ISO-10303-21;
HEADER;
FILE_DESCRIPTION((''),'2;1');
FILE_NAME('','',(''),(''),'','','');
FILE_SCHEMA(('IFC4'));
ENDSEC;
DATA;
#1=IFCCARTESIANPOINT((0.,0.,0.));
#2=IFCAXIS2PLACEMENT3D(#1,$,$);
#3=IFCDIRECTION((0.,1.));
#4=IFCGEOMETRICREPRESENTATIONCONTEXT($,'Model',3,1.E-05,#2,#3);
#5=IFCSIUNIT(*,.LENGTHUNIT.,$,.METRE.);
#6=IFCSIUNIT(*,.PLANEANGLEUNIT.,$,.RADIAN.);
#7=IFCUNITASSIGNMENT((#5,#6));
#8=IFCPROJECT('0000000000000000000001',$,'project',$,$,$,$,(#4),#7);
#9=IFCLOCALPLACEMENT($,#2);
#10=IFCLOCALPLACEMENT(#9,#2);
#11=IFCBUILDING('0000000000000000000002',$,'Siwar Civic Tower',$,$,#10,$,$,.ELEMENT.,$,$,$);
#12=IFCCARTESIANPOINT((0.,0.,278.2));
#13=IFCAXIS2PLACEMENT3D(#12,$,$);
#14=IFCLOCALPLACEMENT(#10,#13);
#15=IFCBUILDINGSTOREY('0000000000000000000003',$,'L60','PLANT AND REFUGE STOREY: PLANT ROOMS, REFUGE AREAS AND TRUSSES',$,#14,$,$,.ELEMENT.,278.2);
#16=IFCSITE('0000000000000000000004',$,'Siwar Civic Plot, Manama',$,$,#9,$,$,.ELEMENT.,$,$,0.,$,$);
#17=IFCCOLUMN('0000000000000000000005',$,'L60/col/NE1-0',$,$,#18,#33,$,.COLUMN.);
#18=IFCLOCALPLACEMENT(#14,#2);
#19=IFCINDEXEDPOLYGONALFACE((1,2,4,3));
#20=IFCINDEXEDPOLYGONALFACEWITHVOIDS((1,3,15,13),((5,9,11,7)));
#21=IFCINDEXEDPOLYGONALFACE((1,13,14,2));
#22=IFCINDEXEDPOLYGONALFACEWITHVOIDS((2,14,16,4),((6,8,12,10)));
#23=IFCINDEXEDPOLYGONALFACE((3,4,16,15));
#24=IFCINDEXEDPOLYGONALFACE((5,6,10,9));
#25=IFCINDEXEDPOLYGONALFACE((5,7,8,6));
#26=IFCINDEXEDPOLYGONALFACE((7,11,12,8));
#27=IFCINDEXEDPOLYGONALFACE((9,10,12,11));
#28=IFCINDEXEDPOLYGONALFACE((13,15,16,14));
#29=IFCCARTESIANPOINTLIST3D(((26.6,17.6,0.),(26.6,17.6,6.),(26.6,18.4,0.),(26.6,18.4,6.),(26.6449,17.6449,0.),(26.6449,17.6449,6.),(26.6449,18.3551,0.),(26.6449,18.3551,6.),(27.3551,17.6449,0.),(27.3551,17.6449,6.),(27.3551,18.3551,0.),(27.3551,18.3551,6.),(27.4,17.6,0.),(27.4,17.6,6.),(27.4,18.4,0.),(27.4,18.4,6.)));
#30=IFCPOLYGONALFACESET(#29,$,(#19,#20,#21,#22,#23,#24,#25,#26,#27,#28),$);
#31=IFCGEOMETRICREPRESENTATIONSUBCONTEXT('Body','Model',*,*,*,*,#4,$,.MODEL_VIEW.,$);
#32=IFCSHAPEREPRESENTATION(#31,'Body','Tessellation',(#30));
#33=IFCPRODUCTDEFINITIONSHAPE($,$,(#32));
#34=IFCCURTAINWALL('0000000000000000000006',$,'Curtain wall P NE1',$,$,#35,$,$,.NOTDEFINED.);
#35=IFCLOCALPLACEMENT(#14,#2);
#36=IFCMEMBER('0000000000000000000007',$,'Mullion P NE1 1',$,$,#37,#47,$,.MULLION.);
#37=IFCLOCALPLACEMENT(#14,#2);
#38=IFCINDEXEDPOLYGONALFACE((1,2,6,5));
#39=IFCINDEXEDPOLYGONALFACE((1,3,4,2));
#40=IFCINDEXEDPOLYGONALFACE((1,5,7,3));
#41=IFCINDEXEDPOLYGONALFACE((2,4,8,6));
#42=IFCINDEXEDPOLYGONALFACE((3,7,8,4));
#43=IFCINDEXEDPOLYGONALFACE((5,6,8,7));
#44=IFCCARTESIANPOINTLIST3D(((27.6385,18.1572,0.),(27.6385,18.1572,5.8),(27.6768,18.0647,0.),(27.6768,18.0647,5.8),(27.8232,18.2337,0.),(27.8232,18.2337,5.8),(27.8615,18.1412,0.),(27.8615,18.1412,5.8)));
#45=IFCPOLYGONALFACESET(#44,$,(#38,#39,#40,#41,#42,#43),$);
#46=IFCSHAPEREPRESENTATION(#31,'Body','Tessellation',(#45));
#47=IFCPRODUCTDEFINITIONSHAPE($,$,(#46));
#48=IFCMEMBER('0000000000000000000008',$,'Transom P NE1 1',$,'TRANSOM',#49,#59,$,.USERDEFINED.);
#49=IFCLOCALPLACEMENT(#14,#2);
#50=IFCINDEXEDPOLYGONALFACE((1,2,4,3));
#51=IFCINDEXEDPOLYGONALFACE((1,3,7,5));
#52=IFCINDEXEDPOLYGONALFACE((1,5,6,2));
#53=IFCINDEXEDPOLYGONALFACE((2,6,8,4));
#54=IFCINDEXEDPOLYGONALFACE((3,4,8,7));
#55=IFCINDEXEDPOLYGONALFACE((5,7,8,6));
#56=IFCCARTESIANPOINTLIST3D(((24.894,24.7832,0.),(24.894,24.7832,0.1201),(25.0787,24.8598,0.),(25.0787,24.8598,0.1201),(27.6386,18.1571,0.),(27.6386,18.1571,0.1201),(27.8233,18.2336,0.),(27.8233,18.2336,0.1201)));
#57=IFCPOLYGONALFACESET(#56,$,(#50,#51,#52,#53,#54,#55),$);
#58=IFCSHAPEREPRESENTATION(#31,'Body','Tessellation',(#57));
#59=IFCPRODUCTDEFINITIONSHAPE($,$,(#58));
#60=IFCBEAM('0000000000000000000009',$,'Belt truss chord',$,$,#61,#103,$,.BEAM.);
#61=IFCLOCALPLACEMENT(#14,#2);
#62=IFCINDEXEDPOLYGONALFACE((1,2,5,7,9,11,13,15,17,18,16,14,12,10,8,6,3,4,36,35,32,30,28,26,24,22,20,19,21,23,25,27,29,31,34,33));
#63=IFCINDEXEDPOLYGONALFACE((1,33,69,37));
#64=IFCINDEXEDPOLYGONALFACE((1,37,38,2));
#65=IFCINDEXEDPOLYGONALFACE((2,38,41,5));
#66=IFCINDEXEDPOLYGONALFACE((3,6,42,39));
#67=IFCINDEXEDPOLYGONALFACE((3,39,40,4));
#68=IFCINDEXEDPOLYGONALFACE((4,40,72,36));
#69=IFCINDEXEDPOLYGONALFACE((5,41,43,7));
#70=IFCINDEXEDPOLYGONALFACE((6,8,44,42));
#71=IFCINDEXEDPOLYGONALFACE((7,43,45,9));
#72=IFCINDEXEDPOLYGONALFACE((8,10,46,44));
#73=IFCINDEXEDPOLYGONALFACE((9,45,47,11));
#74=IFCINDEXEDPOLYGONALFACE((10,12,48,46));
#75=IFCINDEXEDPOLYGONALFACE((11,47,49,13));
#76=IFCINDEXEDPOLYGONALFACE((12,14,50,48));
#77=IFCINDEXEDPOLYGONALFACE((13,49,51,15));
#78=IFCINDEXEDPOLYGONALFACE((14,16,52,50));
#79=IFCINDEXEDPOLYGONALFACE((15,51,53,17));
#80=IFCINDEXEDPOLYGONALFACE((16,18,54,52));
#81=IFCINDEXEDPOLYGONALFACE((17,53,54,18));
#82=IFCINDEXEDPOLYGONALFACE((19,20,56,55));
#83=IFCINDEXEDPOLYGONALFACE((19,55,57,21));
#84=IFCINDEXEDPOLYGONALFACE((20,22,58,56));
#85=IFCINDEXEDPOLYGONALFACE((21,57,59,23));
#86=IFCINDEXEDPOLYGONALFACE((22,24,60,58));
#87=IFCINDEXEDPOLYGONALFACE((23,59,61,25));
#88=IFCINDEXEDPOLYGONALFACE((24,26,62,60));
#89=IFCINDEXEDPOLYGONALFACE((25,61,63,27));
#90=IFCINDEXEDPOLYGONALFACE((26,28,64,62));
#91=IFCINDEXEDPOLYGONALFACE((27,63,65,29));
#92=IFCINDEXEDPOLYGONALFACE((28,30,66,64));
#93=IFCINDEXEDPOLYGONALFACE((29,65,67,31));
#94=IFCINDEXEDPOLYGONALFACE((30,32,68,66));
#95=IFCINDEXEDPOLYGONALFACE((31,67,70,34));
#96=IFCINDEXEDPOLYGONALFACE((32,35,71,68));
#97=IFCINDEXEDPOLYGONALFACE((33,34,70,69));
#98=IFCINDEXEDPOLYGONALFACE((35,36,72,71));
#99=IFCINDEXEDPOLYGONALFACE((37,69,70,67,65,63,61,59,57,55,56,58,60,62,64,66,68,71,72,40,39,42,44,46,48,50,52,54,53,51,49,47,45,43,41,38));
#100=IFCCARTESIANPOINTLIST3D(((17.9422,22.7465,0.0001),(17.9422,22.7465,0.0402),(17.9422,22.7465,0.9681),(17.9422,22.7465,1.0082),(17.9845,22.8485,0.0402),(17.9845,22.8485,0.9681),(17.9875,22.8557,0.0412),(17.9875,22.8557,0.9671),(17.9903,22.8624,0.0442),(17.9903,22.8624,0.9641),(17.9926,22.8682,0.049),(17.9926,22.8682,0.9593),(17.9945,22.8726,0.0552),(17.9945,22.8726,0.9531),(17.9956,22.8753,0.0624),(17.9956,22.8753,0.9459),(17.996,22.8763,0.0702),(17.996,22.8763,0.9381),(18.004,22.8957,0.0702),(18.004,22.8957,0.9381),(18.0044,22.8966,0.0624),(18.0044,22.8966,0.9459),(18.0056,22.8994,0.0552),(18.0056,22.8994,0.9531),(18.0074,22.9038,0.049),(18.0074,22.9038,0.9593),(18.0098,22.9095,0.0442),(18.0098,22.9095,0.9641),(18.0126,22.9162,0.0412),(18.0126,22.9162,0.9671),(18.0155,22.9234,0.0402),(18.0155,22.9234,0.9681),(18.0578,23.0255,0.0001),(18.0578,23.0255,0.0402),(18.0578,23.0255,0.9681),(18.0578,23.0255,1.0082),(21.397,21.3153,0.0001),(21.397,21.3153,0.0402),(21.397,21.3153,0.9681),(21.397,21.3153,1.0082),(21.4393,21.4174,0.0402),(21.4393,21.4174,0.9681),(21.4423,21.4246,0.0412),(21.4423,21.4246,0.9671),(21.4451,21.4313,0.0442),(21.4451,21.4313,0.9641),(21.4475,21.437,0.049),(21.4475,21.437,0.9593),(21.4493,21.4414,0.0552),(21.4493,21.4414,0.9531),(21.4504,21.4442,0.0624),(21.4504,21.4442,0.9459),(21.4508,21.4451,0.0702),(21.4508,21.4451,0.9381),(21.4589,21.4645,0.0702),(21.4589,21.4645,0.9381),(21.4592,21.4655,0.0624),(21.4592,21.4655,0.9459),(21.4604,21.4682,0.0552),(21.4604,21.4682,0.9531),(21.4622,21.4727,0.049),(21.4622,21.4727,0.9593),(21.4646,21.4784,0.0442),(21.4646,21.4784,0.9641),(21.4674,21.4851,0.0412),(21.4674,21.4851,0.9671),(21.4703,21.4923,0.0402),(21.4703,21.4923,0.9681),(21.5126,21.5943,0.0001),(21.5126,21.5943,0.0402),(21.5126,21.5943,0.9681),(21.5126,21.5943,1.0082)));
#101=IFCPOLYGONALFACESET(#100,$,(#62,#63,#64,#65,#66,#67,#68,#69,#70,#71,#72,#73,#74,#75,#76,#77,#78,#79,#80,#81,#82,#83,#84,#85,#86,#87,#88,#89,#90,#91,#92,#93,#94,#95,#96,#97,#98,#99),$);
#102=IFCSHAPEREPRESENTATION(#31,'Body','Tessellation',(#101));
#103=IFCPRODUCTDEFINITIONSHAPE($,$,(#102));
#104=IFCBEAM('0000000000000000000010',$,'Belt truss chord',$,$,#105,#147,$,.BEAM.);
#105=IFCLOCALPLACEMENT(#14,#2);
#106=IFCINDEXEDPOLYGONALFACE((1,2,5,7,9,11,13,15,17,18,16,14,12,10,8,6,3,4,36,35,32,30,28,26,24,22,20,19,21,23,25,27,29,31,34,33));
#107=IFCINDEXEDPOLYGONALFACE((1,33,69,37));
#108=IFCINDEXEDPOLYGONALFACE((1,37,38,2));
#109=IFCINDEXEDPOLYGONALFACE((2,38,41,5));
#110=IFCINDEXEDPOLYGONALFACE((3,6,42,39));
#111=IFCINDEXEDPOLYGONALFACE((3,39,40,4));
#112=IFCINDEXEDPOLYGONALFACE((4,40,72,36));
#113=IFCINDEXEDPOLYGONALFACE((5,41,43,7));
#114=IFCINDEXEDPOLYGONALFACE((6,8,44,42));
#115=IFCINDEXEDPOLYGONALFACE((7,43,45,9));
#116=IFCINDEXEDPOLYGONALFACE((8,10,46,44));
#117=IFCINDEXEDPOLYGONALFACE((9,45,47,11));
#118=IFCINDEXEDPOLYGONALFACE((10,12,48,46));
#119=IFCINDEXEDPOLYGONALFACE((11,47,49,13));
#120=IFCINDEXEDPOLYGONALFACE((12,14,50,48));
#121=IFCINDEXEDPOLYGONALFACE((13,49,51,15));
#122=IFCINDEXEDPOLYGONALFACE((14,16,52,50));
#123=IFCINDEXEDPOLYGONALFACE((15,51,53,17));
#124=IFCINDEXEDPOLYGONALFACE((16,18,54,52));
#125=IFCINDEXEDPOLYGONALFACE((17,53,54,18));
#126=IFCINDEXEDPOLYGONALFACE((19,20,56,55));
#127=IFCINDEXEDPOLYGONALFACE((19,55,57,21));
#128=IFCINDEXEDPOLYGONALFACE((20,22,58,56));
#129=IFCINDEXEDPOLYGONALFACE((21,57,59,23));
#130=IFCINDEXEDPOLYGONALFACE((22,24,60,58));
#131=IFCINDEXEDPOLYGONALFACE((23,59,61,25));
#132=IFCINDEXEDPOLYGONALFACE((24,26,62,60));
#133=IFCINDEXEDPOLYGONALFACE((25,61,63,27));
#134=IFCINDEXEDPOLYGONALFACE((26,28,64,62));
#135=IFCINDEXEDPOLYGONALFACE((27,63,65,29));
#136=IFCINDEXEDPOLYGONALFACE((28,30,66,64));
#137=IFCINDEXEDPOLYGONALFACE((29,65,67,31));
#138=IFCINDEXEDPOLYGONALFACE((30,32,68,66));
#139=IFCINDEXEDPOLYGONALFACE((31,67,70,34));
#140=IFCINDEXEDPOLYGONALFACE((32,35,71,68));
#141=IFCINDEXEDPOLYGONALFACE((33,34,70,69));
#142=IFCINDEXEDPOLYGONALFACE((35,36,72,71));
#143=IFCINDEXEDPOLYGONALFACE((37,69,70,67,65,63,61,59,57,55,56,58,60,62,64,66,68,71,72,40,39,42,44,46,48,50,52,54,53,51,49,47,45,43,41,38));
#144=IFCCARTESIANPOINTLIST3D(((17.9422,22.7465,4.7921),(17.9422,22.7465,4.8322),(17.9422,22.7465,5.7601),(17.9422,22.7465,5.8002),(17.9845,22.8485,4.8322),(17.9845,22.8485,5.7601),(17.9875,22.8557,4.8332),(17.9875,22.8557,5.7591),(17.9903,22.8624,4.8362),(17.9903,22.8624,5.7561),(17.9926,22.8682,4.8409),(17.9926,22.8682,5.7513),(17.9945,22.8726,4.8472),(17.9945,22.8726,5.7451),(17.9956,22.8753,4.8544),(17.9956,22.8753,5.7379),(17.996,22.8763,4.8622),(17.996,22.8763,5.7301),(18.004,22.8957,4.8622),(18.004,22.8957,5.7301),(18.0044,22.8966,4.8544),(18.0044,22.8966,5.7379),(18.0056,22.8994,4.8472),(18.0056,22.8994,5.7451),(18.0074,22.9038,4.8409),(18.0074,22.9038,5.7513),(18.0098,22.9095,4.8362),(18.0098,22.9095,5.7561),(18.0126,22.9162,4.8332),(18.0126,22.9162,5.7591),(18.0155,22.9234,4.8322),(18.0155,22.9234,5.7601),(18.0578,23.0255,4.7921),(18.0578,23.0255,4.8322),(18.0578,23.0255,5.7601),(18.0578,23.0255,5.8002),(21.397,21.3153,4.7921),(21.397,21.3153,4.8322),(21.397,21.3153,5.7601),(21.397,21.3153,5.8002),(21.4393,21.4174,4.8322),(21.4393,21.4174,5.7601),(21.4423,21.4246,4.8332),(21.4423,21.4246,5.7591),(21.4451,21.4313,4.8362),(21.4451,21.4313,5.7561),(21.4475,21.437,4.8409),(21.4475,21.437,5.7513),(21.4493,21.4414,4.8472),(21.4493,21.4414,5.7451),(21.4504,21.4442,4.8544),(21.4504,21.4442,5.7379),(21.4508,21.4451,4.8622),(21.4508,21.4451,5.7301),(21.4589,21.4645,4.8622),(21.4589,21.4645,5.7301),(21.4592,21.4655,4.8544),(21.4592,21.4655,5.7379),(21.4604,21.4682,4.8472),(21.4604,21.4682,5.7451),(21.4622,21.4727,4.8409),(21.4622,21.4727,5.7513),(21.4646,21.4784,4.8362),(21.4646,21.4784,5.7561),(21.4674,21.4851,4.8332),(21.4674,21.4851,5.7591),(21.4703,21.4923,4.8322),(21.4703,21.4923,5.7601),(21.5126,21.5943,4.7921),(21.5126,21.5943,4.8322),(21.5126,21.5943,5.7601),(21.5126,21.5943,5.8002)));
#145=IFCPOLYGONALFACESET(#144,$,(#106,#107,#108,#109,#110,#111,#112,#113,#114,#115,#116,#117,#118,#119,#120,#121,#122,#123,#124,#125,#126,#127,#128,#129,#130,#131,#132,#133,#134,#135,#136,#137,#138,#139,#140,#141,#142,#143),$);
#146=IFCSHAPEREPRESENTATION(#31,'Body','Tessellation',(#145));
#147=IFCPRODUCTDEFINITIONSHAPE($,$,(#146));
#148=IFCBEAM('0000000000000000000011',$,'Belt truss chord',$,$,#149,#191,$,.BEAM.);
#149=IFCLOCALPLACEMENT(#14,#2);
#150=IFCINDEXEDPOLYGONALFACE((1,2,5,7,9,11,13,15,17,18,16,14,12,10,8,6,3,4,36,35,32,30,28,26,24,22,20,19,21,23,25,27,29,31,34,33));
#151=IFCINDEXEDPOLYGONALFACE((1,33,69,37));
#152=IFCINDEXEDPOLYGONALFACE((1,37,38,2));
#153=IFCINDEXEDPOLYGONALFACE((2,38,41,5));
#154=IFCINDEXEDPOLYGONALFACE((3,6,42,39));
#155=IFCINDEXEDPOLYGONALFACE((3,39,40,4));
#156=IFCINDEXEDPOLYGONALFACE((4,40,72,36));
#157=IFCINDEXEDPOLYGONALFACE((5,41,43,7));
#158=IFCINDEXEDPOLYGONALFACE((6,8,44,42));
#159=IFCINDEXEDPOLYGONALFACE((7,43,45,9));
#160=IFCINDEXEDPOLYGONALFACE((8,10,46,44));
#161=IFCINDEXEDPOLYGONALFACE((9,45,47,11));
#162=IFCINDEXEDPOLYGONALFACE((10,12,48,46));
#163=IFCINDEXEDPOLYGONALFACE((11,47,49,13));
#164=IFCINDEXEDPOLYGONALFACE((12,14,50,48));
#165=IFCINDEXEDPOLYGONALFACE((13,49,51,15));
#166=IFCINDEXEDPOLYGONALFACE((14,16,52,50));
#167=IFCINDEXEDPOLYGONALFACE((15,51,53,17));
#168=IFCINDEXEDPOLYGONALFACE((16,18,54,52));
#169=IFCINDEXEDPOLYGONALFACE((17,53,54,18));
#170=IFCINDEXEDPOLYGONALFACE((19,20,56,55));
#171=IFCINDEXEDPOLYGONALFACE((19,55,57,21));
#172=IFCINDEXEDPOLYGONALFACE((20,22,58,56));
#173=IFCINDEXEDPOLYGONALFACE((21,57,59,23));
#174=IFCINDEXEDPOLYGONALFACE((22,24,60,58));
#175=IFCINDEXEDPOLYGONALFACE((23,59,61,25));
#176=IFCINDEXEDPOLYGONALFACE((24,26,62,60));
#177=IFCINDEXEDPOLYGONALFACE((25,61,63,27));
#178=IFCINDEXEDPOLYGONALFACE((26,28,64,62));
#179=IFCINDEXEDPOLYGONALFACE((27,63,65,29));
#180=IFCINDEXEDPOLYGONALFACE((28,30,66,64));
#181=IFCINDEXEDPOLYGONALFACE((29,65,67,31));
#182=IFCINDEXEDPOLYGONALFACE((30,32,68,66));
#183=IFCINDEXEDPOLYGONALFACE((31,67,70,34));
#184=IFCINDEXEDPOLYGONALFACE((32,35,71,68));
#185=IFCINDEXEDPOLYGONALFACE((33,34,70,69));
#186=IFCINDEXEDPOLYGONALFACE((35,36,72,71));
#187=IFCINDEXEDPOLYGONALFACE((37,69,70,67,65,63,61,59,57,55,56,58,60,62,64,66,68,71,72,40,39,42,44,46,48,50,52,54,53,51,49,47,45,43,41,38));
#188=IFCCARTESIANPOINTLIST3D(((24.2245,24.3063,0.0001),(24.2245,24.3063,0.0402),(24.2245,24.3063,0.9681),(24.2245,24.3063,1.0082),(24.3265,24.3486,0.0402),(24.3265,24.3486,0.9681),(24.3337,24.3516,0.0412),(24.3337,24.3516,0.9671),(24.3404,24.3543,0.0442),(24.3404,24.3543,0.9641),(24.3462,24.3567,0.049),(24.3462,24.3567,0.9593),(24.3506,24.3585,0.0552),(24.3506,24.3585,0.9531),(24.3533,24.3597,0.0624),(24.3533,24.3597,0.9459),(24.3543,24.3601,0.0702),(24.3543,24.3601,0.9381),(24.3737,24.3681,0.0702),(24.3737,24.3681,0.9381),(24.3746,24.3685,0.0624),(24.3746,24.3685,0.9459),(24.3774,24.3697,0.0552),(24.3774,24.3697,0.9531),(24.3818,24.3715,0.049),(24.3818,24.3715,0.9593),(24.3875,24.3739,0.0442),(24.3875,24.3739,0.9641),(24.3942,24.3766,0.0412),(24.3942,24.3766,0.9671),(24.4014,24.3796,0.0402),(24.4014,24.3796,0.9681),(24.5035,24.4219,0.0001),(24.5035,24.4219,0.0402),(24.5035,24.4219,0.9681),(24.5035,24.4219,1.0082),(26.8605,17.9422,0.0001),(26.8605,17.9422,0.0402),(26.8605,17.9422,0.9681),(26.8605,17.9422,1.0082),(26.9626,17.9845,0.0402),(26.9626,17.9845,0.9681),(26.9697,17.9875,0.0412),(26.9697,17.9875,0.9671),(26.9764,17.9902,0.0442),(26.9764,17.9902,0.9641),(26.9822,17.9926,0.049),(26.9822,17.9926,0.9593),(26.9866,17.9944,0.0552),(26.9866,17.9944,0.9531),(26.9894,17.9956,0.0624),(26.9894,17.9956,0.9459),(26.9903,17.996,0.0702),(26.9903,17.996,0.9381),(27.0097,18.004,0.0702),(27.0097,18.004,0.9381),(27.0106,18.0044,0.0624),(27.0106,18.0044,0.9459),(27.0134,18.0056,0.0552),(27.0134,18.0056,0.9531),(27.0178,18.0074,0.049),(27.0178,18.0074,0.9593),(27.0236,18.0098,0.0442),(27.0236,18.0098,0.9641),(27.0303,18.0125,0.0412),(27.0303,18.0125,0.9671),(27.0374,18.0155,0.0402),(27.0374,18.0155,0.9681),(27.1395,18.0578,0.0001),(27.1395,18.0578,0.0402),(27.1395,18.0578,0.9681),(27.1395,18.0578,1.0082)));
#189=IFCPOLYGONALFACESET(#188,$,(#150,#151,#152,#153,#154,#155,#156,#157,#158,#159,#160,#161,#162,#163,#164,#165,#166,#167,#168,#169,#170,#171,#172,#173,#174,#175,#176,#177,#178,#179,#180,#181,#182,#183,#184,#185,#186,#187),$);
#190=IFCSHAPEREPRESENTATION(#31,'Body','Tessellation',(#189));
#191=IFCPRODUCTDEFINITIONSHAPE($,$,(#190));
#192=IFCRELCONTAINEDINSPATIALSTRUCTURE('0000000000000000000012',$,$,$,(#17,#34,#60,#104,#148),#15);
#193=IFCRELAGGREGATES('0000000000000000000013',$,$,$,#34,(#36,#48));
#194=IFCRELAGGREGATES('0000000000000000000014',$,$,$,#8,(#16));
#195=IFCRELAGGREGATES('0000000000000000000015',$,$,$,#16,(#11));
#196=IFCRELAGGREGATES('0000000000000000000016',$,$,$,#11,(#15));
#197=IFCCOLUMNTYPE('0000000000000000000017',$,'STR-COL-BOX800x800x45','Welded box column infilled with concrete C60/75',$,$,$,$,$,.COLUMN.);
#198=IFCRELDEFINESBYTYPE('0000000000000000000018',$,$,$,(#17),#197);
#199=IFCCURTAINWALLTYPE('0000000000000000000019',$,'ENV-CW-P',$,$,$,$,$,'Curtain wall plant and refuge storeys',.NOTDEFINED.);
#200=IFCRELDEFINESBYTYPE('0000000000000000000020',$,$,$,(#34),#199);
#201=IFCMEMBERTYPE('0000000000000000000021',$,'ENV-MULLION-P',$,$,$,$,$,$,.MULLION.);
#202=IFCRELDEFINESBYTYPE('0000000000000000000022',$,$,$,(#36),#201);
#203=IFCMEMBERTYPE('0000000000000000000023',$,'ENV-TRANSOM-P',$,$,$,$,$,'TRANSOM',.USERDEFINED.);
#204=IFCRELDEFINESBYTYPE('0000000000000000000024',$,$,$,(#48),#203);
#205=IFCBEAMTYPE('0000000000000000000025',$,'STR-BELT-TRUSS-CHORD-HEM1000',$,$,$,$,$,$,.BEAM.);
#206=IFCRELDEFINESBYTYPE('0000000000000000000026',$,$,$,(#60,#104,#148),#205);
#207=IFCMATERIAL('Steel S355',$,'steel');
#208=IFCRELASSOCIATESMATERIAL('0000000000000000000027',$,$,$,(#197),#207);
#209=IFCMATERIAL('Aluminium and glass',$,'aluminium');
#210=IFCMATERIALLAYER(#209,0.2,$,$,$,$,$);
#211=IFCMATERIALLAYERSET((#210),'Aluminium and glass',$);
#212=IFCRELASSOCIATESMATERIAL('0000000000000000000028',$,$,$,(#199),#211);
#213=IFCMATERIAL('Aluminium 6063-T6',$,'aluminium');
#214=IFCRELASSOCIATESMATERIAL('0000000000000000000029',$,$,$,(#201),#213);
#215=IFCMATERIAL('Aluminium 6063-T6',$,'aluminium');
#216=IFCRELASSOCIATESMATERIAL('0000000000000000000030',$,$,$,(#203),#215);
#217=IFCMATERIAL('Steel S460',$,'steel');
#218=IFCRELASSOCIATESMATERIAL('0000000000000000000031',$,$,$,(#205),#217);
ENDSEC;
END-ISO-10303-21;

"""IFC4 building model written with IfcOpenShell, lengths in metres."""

from ifc_helpers import new_model, si_unit, direction, frame, origin, origin_2d, place, context, subcontext, project, spatial, rectangle, hollow_rectangle, i_section, extrude, material, layer, layer_set, material_profile, profile_set, type_object, element, aggregate, save


model = new_model("IFC4")

# Units and contexts
model_context = context("Model", 3, precision=1e-05, world=origin(), true_north=direction((0.0, 1.0)))
body_context = subcontext(model_context, "Body", "Model", "MODEL_VIEW")
ifc_project = project(units=[si_unit("LENGTHUNIT", "METRE"), si_unit("PLANEANGLEUNIT", "RADIAN")], contexts=[model_context])

# Site, building, storey
site_placement = place(None, origin())
site = spatial("IfcSite", under=ifc_project, at=site_placement, Name="Siwar Civic Plot, Manama", CompositionType="ELEMENT", RefElevation=0.0)
building_placement = place(site_placement, origin())
building = spatial("IfcBuilding", under=site, at=building_placement, Name="Siwar Civic Tower", CompositionType="ELEMENT")
storey_placement = place(building_placement, frame((0.0, 0.0, 278.2)))
storey = spatial("IfcBuildingStorey", under=building, at=storey_placement, Name="L60", Description="PLANT AND REFUGE STOREY: PLANT ROOMS, REFUGE AREAS AND TRUSSES", CompositionType="ELEMENT", Elevation=278.2)

# Column
ifc_material_1 = material(Name="Steel S355", Category="steel")
ifc_material_profile_1 = material_profile(ifc_material_1, hollow_rectangle(XDim=0.8, YDim=0.8, WallThickness=0.0449, at=origin_2d()), Name="BOX800x800x45")
ifc_profile_set_1 = profile_set([ifc_material_profile_1], Name="Steel S355")
column_type = type_object("IfcColumnType", Name="STR-COL-BOX800x800x45", Description="Welded box column infilled with concrete C60/75", PredefinedType="COLUMN", material=ifc_profile_set_1)
column_placement = place(storey_placement, frame((27.0, 18.0, 0.0), z_axis=(0.0, 0.0, 1.0), x_axis=(1.0, 0.0, 0.0)))
element("IfcColumn", 1, at=column_placement, inside=storey, type_object=column_type, Name="L60/col/NE1-0", PredefinedType="COLUMN", context=body_context, shape_type="SweptSolid", body=[
    extrude(hollow_rectangle(XDim=0.8, YDim=0.8, WallThickness=0.0449, at=origin_2d()), origin(), (0.0, 0.0, 1.0), 6.0),
])

# Curtain wall, members
ifc_material_2 = material(Name="Aluminium and glass", Category="aluminium")
ifc_layer_1 = layer(ifc_material_2, 0.2)
ifc_layer_set_1 = layer_set([ifc_layer_1], Name="Aluminium and glass")
curtain_wall_type = type_object("IfcCurtainWallType", Name="ENV-CW-P", ElementType="Curtain wall plant and refuge storeys", PredefinedType="NOTDEFINED", material=ifc_layer_set_1)
curtain_wall_1_placement = place(storey_placement, origin())
curtain_wall_1 = element("IfcCurtainWall", 2, at=curtain_wall_1_placement, inside=storey, type_object=curtain_wall_type, Name="Curtain wall P NE1", PredefinedType="NOTDEFINED")
ifc_material_3 = material(Name="Aluminium 6063-T6", Category="aluminium")
ifc_material_profile_2 = material_profile(ifc_material_3, rectangle(XDim=0.2, YDim=0.1001, at=origin_2d()), Name="AL 200x100")
ifc_profile_set_2 = profile_set([ifc_material_profile_2], Name="Aluminium 6063-T6")
member_type_1 = type_object("IfcMemberType", Name="ENV-MULLION-P", PredefinedType="MULLION", material=ifc_profile_set_2)
member_1_placement = place(storey_placement, frame((27.75, 18.1492, 0.0), z_axis=(0.0, 0.0, 1.0), x_axis=(-0.92388, -0.382683, 0.0)))
member_1 = element("IfcMember", 3, at=member_1_placement, type_object=member_type_1, Name="Mullion P NE1 1", PredefinedType="MULLION", context=body_context, shape_type="SweptSolid", body=[
    extrude(rectangle(XDim=0.2, YDim=0.1001, at=origin_2d()), origin(), (0.0, 0.0, 1.0), 5.8),
])
ifc_material_4 = material(Name="Aluminium 6063-T6", Category="aluminium")
ifc_material_profile_3 = material_profile(ifc_material_4, rectangle(XDim=0.2, YDim=0.1201, at=origin_2d()), Name="AL 200x120")
ifc_profile_set_3 = profile_set([ifc_material_profile_3], Name="Aluminium 6063-T6")
member_type_2 = type_object("IfcMemberType", Name="ENV-TRANSOM-P", ElementType="TRANSOM", PredefinedType="USERDEFINED", material=ifc_profile_set_3)
member_2_placement = place(storey_placement, frame((27.731, 18.1953, 0.0601), z_axis=(-0.382678, 0.923882, 0.0), x_axis=(-0.923882, -0.382678, 0.0)))
member_2 = element("IfcMember", 4, at=member_2_placement, type_object=member_type_2, Name="Transom P NE1 1", ObjectType="TRANSOM", PredefinedType="USERDEFINED", context=body_context, shape_type="SweptSolid", body=[
    extrude(rectangle(XDim=0.2, YDim=0.1201, at=origin_2d()), origin(), (0.0, 0.0, 1.0), 7.1721),
])
aggregate(curtain_wall_1, [member_1, member_2])

# Beams
ifc_material_5 = material(Name="Steel S460", Category="steel")
ifc_material_profile_4 = material_profile(ifc_material_5, i_section(OverallWidth=0.302, OverallDepth=1.0081, WebThickness=0.021, FlangeThickness=0.04, FilletRadius=0.03, at=origin_2d()), Name="HEM1000")
ifc_profile_set_4 = profile_set([ifc_material_profile_4], Name="Steel S460")
beam_type_1 = type_object("IfcBeamType", Name="STR-BELT-TRUSS-CHORD-HEM1000", PredefinedType="BEAM", material=ifc_profile_set_4)
for number, where, z_axis, x_axis, name in (
    (5, (21.4548, 21.4548, 0.5042), (-0.923869, 0.382709, 0.0), (-0.382709, -0.923869, 0.0), "Belt truss chord"),
    (6, (21.4548, 21.4548, 5.2961), (-0.923869, 0.382709, 0.0), (-0.382709, -0.923869, 0.0), "Belt truss chord"),
):
    element("IfcBeam", number, at=place(storey_placement, frame(where, z_axis=z_axis, x_axis=x_axis)), inside=storey, type_object=beam_type_1, Name=name, PredefinedType="BEAM", context=body_context, shape_type="SweptSolid", body=[
        extrude(i_section(OverallWidth=0.302, OverallDepth=1.0081, WebThickness=0.021, FlangeThickness=0.04, FilletRadius=0.03, at=origin_2d()), origin(), (0.0, 0.0, 1.0), 3.7395),
    ])
for number, where, z_axis, x_axis, name in (
    (7, (27.0, 18.0, 0.5042), (-0.382674, 0.923883, 0.0), (-0.923883, -0.382674, 0.0), "Belt truss chord"),
):
    element("IfcBeam", number, at=place(storey_placement, frame(where, z_axis=z_axis, x_axis=x_axis)), inside=storey, type_object=beam_type_1, Name=name, PredefinedType="BEAM", context=body_context, shape_type="SweptSolid", body=[
        extrude(i_section(OverallWidth=0.302, OverallDepth=1.0081, WebThickness=0.021, FlangeThickness=0.04, FilletRadius=0.03, at=origin_2d()), origin(), (0.0, 0.0, 1.0), 6.8884),
    ])

save(model, "model.ifc")
